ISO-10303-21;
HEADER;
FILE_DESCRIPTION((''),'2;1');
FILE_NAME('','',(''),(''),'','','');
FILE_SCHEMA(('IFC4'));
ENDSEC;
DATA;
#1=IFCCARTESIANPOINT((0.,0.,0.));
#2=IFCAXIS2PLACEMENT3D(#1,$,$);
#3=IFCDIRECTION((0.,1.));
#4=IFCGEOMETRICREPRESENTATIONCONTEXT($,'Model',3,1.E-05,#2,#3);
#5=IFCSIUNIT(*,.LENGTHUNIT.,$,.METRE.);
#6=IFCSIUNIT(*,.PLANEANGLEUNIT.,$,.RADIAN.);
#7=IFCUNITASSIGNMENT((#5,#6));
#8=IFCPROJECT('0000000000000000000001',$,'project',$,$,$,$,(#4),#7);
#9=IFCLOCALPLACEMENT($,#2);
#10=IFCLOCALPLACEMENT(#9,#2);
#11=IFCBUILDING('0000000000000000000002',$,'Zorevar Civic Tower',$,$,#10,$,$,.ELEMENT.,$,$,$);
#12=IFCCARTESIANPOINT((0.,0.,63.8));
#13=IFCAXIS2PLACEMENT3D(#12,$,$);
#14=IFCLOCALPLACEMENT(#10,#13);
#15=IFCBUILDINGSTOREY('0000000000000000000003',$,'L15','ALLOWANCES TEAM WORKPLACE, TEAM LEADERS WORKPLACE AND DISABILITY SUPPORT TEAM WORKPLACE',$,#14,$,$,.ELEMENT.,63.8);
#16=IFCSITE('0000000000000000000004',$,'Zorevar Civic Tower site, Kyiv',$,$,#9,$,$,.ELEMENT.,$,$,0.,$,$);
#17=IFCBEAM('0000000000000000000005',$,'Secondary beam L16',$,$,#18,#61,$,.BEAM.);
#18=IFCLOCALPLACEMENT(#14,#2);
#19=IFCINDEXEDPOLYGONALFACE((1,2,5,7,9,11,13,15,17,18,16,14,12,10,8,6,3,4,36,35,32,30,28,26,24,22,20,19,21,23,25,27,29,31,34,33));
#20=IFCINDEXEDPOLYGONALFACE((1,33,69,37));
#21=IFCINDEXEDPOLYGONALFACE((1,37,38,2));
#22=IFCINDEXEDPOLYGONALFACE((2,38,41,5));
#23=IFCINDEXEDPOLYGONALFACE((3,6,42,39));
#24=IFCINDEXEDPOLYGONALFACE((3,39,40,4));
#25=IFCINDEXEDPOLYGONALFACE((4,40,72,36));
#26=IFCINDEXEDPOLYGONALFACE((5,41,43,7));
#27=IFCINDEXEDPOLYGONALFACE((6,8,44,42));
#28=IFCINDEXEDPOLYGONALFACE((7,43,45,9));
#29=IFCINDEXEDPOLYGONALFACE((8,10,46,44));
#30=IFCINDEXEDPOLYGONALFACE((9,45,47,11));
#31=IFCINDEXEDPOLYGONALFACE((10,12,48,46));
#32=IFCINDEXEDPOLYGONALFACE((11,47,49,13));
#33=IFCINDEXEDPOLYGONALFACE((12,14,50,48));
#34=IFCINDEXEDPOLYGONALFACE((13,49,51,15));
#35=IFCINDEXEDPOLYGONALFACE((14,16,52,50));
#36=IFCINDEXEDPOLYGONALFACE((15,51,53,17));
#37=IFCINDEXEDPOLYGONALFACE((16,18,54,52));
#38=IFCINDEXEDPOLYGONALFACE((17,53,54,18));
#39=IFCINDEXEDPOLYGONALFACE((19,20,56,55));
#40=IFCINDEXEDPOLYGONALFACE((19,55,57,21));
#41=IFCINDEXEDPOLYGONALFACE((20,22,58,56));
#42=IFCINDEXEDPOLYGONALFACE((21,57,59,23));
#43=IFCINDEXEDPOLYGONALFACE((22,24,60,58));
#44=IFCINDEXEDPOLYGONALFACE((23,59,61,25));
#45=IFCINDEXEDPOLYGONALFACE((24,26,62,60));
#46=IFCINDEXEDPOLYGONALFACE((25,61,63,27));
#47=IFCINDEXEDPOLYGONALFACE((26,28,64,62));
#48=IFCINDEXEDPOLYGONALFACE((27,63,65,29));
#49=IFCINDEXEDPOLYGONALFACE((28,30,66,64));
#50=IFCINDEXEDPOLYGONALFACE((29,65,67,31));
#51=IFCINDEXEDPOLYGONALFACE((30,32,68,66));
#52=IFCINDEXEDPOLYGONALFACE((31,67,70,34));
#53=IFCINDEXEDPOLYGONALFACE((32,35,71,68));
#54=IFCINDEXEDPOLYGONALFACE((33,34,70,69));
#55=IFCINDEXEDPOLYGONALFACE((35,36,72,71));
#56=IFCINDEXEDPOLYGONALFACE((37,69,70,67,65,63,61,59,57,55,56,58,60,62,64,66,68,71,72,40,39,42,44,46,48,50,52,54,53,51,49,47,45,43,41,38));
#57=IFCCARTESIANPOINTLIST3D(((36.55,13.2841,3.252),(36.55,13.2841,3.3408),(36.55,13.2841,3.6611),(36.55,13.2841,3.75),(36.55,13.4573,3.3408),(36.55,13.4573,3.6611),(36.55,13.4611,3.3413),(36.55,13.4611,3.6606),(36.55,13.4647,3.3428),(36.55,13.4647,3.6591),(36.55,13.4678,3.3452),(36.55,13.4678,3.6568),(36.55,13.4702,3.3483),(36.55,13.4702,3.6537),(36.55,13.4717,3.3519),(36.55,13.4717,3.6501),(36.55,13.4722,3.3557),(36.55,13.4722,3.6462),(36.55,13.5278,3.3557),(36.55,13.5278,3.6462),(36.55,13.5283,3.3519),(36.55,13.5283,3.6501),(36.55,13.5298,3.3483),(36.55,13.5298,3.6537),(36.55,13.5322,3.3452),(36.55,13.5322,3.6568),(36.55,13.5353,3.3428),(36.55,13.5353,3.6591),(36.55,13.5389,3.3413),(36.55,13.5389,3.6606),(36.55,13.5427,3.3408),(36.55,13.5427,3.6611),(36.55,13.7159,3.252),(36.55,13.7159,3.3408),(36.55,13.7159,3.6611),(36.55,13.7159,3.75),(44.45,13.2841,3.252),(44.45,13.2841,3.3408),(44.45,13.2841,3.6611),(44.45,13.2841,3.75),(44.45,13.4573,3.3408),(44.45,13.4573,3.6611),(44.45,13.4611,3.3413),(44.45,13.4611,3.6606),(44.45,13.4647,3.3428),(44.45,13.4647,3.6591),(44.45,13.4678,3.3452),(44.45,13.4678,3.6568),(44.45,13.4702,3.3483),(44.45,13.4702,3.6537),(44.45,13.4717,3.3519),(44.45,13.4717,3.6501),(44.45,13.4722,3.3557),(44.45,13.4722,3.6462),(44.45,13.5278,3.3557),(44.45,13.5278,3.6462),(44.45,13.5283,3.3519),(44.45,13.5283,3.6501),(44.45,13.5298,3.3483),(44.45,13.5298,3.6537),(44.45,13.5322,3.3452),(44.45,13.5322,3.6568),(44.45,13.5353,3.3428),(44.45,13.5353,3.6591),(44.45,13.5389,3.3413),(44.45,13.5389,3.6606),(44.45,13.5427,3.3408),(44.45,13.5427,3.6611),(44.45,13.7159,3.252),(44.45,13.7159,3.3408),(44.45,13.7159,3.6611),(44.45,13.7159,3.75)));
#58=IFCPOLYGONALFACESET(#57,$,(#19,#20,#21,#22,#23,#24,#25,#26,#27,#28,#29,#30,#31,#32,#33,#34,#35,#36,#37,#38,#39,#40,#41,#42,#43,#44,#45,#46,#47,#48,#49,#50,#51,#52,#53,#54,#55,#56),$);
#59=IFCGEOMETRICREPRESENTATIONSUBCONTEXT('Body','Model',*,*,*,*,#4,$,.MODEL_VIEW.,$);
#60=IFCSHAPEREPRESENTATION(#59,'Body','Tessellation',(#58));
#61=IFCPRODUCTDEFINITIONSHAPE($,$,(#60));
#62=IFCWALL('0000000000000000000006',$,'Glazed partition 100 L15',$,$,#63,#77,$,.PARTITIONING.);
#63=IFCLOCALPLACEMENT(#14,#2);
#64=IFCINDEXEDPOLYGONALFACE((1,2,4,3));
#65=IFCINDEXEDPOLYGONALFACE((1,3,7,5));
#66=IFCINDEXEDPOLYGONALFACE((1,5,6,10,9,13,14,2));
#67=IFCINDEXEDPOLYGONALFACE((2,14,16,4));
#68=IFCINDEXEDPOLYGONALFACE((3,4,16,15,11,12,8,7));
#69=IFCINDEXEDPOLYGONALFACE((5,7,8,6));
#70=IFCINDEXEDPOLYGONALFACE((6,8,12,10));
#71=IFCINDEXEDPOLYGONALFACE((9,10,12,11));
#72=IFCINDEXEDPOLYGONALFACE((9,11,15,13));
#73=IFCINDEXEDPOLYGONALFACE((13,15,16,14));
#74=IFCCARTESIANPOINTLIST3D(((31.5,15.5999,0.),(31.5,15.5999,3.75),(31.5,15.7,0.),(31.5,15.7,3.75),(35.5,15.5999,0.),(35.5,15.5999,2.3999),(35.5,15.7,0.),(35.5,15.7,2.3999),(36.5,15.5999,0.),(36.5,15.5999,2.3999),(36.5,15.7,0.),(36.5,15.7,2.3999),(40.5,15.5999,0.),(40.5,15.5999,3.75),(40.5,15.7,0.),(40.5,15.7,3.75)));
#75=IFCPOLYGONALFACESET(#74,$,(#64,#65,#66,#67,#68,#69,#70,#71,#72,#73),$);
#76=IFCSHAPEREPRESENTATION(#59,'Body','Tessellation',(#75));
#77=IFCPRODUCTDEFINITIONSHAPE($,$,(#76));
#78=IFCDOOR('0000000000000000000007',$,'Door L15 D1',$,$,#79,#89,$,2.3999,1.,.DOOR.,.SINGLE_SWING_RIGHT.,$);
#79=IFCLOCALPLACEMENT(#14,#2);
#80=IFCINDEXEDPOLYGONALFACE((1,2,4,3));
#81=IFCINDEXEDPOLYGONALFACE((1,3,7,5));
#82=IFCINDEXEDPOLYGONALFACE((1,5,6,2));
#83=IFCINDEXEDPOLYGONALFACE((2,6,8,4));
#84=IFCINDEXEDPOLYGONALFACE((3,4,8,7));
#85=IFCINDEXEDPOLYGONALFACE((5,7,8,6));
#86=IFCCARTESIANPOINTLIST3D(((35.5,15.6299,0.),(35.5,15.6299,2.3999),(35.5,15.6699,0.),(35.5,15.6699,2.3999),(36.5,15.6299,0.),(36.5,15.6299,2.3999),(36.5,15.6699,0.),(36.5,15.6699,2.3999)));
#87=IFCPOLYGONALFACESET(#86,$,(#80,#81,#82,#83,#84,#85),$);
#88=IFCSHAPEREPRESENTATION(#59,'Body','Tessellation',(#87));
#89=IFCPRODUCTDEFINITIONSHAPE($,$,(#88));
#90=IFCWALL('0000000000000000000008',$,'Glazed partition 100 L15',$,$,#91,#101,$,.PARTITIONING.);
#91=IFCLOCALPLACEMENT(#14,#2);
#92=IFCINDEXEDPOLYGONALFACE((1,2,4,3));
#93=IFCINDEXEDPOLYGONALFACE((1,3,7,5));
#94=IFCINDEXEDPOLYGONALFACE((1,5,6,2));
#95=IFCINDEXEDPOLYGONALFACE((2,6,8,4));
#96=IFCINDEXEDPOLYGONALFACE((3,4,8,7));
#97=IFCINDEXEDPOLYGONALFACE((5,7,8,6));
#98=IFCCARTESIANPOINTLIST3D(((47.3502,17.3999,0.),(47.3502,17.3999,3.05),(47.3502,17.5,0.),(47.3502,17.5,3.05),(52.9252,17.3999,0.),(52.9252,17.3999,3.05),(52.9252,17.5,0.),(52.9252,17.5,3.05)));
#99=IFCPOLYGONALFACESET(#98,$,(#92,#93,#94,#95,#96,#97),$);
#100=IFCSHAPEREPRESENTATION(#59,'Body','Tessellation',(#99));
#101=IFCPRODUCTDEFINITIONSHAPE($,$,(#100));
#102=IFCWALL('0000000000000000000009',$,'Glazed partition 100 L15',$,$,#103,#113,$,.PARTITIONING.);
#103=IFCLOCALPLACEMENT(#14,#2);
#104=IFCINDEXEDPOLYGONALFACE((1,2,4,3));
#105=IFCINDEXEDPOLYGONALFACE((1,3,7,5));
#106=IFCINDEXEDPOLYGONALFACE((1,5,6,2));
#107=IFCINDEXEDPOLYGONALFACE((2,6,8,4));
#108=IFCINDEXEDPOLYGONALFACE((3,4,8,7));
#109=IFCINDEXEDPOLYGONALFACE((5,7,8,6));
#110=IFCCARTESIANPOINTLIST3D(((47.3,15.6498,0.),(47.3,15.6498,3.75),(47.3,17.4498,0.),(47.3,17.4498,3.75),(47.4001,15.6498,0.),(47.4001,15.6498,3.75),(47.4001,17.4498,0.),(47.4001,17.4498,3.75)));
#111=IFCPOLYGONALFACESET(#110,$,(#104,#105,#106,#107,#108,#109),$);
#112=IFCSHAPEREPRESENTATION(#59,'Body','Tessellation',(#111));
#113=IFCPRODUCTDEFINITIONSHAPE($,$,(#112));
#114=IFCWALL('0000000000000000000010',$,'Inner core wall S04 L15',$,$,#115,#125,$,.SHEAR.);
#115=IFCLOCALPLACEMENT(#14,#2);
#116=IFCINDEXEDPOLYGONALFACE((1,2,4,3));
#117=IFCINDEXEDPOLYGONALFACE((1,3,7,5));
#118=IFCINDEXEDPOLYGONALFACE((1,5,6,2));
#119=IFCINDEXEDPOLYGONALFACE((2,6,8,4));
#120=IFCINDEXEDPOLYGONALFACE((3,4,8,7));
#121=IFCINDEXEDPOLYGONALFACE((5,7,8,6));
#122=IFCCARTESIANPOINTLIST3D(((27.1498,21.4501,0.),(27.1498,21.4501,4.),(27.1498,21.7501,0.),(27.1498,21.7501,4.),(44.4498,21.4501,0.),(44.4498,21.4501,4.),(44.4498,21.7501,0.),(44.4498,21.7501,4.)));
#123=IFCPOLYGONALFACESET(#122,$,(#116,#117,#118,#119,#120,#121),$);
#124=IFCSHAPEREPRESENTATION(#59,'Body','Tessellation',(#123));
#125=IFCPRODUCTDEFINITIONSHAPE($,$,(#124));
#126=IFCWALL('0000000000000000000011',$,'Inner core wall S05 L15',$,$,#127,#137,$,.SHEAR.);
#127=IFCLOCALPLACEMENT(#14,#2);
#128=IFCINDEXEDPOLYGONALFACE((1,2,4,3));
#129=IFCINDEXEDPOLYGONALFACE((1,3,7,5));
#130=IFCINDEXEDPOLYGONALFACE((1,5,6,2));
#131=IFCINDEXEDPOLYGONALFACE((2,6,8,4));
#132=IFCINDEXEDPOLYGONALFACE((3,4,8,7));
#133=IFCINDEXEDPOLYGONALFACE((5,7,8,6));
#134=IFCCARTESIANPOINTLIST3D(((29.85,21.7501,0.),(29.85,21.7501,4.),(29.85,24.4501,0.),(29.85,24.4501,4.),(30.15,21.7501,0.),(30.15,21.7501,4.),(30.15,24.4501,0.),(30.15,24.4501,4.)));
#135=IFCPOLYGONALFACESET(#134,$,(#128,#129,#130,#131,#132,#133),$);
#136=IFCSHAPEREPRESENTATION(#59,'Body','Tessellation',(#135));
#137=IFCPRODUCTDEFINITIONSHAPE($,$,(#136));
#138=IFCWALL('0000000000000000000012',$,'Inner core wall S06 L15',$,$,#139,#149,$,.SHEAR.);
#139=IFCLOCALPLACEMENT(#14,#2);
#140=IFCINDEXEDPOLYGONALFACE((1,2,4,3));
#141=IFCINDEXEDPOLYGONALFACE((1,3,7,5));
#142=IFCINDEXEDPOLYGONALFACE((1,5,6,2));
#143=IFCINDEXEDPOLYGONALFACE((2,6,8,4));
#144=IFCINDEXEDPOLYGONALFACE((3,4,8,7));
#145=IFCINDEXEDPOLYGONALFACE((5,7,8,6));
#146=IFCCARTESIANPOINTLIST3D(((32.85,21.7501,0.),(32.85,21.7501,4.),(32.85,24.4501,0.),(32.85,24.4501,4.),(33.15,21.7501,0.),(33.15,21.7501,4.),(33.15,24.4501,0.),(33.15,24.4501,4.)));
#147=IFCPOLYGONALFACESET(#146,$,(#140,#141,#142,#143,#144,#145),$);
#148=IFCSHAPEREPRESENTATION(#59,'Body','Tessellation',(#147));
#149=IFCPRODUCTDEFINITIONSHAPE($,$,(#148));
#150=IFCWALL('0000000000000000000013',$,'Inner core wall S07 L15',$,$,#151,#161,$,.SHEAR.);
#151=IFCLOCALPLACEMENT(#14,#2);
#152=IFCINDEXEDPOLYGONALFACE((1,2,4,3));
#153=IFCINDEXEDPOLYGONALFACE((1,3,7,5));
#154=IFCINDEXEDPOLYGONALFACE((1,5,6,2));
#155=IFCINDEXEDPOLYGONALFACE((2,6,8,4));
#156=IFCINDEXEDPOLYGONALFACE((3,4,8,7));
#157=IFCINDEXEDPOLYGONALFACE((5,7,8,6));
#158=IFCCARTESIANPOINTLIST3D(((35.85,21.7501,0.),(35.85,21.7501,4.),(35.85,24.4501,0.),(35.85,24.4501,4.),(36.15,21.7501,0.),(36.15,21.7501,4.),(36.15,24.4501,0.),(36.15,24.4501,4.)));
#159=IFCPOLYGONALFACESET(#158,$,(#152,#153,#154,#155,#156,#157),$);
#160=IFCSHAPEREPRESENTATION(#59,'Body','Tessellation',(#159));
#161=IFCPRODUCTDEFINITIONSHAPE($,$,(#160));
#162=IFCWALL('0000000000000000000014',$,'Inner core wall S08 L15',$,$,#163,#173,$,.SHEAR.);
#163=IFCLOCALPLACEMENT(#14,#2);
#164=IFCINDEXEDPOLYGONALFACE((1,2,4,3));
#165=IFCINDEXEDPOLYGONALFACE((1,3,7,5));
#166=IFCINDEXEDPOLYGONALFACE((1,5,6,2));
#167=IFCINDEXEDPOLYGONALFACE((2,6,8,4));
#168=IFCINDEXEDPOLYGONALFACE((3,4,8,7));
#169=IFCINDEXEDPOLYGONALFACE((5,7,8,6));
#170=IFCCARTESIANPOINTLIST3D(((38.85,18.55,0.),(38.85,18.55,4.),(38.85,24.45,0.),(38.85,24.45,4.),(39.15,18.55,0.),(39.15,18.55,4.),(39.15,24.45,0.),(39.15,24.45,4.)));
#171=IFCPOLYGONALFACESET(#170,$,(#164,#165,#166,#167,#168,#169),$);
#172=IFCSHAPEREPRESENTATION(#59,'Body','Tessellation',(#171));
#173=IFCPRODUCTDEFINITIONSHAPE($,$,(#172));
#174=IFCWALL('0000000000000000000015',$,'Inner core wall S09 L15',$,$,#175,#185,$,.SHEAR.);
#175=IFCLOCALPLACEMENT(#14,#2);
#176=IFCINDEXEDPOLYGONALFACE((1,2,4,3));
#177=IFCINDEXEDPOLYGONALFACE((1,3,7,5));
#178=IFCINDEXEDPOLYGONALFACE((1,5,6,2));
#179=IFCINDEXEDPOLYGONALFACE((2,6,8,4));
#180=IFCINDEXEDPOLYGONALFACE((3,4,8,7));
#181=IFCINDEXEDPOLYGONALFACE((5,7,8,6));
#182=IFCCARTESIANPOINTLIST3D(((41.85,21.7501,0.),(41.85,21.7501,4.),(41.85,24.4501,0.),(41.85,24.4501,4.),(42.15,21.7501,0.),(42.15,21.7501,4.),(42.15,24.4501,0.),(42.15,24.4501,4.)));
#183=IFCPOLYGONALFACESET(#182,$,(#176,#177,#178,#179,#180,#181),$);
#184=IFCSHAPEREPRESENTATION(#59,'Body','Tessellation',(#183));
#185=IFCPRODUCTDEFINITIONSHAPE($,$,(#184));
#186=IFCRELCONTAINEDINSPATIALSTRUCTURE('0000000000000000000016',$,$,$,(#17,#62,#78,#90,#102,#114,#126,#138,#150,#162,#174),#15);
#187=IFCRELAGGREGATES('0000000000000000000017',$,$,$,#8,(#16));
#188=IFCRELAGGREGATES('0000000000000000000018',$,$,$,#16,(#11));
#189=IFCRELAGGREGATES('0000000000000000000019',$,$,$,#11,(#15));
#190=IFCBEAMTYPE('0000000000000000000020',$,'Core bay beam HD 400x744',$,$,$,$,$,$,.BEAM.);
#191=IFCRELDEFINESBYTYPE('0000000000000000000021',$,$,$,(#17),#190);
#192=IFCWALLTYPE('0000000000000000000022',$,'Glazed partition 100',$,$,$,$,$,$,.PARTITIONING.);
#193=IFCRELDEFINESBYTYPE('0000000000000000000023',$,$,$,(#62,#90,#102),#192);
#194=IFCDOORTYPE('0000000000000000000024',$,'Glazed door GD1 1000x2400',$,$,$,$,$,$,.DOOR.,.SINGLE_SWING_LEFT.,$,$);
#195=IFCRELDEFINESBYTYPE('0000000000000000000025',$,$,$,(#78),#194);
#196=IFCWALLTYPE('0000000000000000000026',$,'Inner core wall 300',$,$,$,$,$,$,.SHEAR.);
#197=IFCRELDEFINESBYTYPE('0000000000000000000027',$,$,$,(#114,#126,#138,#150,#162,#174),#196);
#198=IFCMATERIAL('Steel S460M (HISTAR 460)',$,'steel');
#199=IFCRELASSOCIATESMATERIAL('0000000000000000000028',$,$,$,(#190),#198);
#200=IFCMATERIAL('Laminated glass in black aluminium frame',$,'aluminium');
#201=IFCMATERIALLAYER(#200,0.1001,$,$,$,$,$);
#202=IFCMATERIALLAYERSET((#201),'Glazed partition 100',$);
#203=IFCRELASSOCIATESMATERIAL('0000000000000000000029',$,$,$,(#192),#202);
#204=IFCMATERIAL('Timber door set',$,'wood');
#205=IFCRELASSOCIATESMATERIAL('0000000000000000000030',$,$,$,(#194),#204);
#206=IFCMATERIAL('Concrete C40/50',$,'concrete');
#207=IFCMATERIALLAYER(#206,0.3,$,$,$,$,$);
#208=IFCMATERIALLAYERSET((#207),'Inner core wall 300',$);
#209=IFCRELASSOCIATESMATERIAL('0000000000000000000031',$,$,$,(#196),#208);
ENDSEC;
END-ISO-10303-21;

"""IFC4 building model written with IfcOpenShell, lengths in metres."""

from ifc_helpers import new_model, si_unit, direction, frame, frame_2d, origin, origin_2d, place, context, subcontext, project, spatial, rectangle, i_section, extrude, material, layer, layer_set, material_profile, profile_set, type_object, element, fill, save


model = new_model("IFC4")

# Units and contexts
model_context = context("Model", 3, precision=1e-05, world=origin(), true_north=direction((0.0, 1.0)))
body_context = subcontext(model_context, "Body", "Model", "MODEL_VIEW")
ifc_project = project(units=[si_unit("LENGTHUNIT", "METRE"), si_unit("PLANEANGLEUNIT", "RADIAN")], contexts=[model_context])

# Site, building, storey
site_placement = place(None, origin())
site = spatial("IfcSite", under=ifc_project, at=site_placement, Name="Zorevar Civic Tower site, Kyiv", CompositionType="ELEMENT", RefElevation=0.0)
building_placement = place(site_placement, origin())
building = spatial("IfcBuilding", under=site, at=building_placement, Name="Zorevar Civic Tower", CompositionType="ELEMENT")
storey_placement = place(building_placement, frame((0.0, 0.0, 63.8)))
storey = spatial("IfcBuildingStorey", under=building, at=storey_placement, Name="L15", Description="ALLOWANCES TEAM WORKPLACE, TEAM LEADERS WORKPLACE AND DISABILITY SUPPORT TEAM WORKPLACE", CompositionType="ELEMENT", Elevation=63.8)

# Beam
ifc_material_1 = material(Name="Steel S460M (HISTAR 460)", Category="steel")
ifc_material_profile_1 = material_profile(ifc_material_1, i_section(OverallWidth=0.4319, OverallDepth=0.498, WebThickness=0.0557, FlangeThickness=0.0889, FilletRadius=0.0149, at=origin_2d()), Name="HD 400x744")
ifc_profile_set_1 = profile_set([ifc_material_profile_1], Name="Steel S460M (HISTAR 460)")
beam_type_1 = type_object("IfcBeamType", Name="Core bay beam HD 400x744", PredefinedType="BEAM", material=ifc_profile_set_1)
for number, where, z_axis, x_axis, name in (
    (1, (36.55, 13.5, 3.501), (1.0, 0.0, 0.0), (0.0, 1.0, 0.0), "Secondary beam L16"),
):
    element("IfcBeam", number, at=place(storey_placement, frame(where, z_axis=z_axis, x_axis=x_axis)), inside=storey, type_object=beam_type_1, Name=name, PredefinedType="BEAM", context=body_context, shape_type="SweptSolid", body=[
        extrude(i_section(OverallWidth=0.4319, OverallDepth=0.498, WebThickness=0.0557, FlangeThickness=0.0889, FilletRadius=0.0149, at=origin_2d()), origin(), (0.0, 0.0, 1.0), 7.8999),
    ])

# Wall, opening, door
ifc_material_2 = material(Name="Laminated glass in black aluminium frame", Category="aluminium")
ifc_layer_1 = layer(ifc_material_2, 0.1001)
ifc_layer_set_1 = layer_set([ifc_layer_1], Name="Glazed partition 100")
wall_type_1 = type_object("IfcWallType", Name="Glazed partition 100", PredefinedType="PARTITIONING", material=ifc_layer_set_1)
wall_1_placement = place(storey_placement, frame((31.5, 15.6499, 0.0), z_axis=(0.0, 0.0, 1.0), x_axis=(1.0, 0.0, 0.0)))
wall_1 = element("IfcWall", 2, at=wall_1_placement, inside=storey, type_object=wall_type_1, Name="Glazed partition 100 L15", PredefinedType="PARTITIONING", context=body_context, shape_type="SweptSolid", body=[
    extrude(rectangle(XDim=9.0, YDim=0.1001, at=frame_2d((4.5, 0.0))), origin(), (0.0, 0.0, 1.0), 3.75),
])
opening_1_placement = place(wall_1_placement, frame((4.0, 0.0, 0.0)))
opening_1 = element("IfcOpeningElement", 3, at=opening_1_placement, cuts=wall_1, PredefinedType="OPENING", context=body_context, shape_type="SweptSolid", body=[
    extrude(rectangle(XDim=1.0, YDim=2.3999, at=frame_2d((0.5, 1.2))), frame((0.0, 0.0601, 0.0), z_axis=(0.0, -1.0, 0.0), x_axis=(1.0, 0.0, 0.0)), (0.0, 0.0, 1.0), 0.1201),
])
ifc_material_3 = material(Name="Timber door set", Category="wood")
door_type_1 = type_object("IfcDoorType", Name="Glazed door GD1 1000x2400", OperationType="SINGLE_SWING_LEFT", PredefinedType="DOOR", material=ifc_material_3)
door_1_placement = place(opening_1_placement, origin())
door_1 = element("IfcDoor", 4, at=door_1_placement, inside=storey, type_object=door_type_1, Name="Door L15 D1", OperationType="SINGLE_SWING_RIGHT", OverallHeight=2.3999, OverallWidth=1.0, PredefinedType="DOOR", context=body_context, shape_type="SweptSolid", body=[
    extrude(rectangle(XDim=1.0, YDim=2.3999, at=frame_2d((0.5, 1.2))), frame((0.0, 0.02, 0.0), z_axis=(0.0, -1.0, 0.0), x_axis=(1.0, 0.0, 0.0)), (0.0, 0.0, 1.0), 0.04),
])
fill(opening_1, door_1)

# Walls
wall_2_placement = place(storey_placement, frame((47.3501, 17.45, 0.0), z_axis=(0.0, 0.0, 1.0), x_axis=(1.0, 0.0, 0.0)))
element("IfcWall", 5, at=wall_2_placement, inside=storey, type_object=wall_type_1, Name="Glazed partition 100 L15", PredefinedType="PARTITIONING", context=body_context, shape_type="SweptSolid", body=[
    extrude(rectangle(XDim=5.575, YDim=0.1001, at=frame_2d((2.7876, 0.0))), origin(), (0.0, 0.0, 1.0), 3.05),
])
wall_3_placement = place(storey_placement, frame((47.3501, 15.6499, 0.0), z_axis=(0.0, 0.0, 1.0), x_axis=(0.0, 1.0, 0.0)))
element("IfcWall", 6, at=wall_3_placement, inside=storey, type_object=wall_type_1, Name="Glazed partition 100 L15", PredefinedType="PARTITIONING", context=body_context, shape_type="SweptSolid", body=[
    extrude(rectangle(XDim=1.8, YDim=0.1001, at=frame_2d((0.8999, 0.0))), origin(), (0.0, 0.0, 1.0), 3.75),
])
ifc_material_4 = material(Name="Concrete C40/50", Category="concrete")
ifc_layer_2 = layer(ifc_material_4, 0.3)
ifc_layer_set_2 = layer_set([ifc_layer_2], Name="Inner core wall 300")
wall_type_2 = type_object("IfcWallType", Name="Inner core wall 300", PredefinedType="SHEAR", material=ifc_layer_set_2)
wall_4_placement = place(storey_placement, frame((27.1499, 21.6001, 0.0), z_axis=(0.0, 0.0, 1.0), x_axis=(1.0, 0.0, 0.0)))
element("IfcWall", 7, at=wall_4_placement, inside=storey, type_object=wall_type_2, Name="Inner core wall S04 L15", PredefinedType="SHEAR", context=body_context, shape_type="SweptSolid", body=[
    extrude(rectangle(XDim=17.3, YDim=0.3, at=frame_2d((8.6499, 0.0))), origin(), (0.0, 0.0, 1.0), 4.0),
])
for number, where, z_axis, x_axis, name in (
    (8, (30.0, 21.75, 0.0), (0.0, 0.0, 1.0), (0.0, 1.0, 0.0), "Inner core wall S05 L15"),
    (9, (33.0, 21.75, 0.0), (0.0, 0.0, 1.0), (0.0, 1.0, 0.0), "Inner core wall S06 L15"),
    (10, (36.0, 21.75, 0.0), (0.0, 0.0, 1.0), (0.0, 1.0, 0.0), "Inner core wall S07 L15"),
):
    element("IfcWall", number, at=place(storey_placement, frame(where, z_axis=z_axis, x_axis=x_axis)), inside=storey, type_object=wall_type_2, Name=name, PredefinedType="SHEAR", context=body_context, shape_type="SweptSolid", body=[
        extrude(rectangle(XDim=2.7, YDim=0.3, at=frame_2d((1.3501, 0.0))), origin(), (0.0, 0.0, 1.0), 4.0),
    ])
wall_5_placement = place(storey_placement, frame((39.0, 18.55, 0.0), z_axis=(0.0, 0.0, 1.0), x_axis=(0.0, 1.0, 0.0)))
element("IfcWall", 11, at=wall_5_placement, inside=storey, type_object=wall_type_2, Name="Inner core wall S08 L15", PredefinedType="SHEAR", context=body_context, shape_type="SweptSolid", body=[
    extrude(rectangle(XDim=5.8999, YDim=0.3, at=frame_2d((2.95, 0.0))), origin(), (0.0, 0.0, 1.0), 4.0),
])
wall_6_placement = place(storey_placement, frame((42.0, 21.75, 0.0), z_axis=(0.0, 0.0, 1.0), x_axis=(0.0, 1.0, 0.0)))
element("IfcWall", 12, at=wall_6_placement, inside=storey, type_object=wall_type_2, Name="Inner core wall S09 L15", PredefinedType="SHEAR", context=body_context, shape_type="SweptSolid", body=[
    extrude(rectangle(XDim=2.7, YDim=0.3, at=frame_2d((1.3501, 0.0))), origin(), (0.0, 0.0, 1.0), 4.0),
])

save(model, "model.ifc")
